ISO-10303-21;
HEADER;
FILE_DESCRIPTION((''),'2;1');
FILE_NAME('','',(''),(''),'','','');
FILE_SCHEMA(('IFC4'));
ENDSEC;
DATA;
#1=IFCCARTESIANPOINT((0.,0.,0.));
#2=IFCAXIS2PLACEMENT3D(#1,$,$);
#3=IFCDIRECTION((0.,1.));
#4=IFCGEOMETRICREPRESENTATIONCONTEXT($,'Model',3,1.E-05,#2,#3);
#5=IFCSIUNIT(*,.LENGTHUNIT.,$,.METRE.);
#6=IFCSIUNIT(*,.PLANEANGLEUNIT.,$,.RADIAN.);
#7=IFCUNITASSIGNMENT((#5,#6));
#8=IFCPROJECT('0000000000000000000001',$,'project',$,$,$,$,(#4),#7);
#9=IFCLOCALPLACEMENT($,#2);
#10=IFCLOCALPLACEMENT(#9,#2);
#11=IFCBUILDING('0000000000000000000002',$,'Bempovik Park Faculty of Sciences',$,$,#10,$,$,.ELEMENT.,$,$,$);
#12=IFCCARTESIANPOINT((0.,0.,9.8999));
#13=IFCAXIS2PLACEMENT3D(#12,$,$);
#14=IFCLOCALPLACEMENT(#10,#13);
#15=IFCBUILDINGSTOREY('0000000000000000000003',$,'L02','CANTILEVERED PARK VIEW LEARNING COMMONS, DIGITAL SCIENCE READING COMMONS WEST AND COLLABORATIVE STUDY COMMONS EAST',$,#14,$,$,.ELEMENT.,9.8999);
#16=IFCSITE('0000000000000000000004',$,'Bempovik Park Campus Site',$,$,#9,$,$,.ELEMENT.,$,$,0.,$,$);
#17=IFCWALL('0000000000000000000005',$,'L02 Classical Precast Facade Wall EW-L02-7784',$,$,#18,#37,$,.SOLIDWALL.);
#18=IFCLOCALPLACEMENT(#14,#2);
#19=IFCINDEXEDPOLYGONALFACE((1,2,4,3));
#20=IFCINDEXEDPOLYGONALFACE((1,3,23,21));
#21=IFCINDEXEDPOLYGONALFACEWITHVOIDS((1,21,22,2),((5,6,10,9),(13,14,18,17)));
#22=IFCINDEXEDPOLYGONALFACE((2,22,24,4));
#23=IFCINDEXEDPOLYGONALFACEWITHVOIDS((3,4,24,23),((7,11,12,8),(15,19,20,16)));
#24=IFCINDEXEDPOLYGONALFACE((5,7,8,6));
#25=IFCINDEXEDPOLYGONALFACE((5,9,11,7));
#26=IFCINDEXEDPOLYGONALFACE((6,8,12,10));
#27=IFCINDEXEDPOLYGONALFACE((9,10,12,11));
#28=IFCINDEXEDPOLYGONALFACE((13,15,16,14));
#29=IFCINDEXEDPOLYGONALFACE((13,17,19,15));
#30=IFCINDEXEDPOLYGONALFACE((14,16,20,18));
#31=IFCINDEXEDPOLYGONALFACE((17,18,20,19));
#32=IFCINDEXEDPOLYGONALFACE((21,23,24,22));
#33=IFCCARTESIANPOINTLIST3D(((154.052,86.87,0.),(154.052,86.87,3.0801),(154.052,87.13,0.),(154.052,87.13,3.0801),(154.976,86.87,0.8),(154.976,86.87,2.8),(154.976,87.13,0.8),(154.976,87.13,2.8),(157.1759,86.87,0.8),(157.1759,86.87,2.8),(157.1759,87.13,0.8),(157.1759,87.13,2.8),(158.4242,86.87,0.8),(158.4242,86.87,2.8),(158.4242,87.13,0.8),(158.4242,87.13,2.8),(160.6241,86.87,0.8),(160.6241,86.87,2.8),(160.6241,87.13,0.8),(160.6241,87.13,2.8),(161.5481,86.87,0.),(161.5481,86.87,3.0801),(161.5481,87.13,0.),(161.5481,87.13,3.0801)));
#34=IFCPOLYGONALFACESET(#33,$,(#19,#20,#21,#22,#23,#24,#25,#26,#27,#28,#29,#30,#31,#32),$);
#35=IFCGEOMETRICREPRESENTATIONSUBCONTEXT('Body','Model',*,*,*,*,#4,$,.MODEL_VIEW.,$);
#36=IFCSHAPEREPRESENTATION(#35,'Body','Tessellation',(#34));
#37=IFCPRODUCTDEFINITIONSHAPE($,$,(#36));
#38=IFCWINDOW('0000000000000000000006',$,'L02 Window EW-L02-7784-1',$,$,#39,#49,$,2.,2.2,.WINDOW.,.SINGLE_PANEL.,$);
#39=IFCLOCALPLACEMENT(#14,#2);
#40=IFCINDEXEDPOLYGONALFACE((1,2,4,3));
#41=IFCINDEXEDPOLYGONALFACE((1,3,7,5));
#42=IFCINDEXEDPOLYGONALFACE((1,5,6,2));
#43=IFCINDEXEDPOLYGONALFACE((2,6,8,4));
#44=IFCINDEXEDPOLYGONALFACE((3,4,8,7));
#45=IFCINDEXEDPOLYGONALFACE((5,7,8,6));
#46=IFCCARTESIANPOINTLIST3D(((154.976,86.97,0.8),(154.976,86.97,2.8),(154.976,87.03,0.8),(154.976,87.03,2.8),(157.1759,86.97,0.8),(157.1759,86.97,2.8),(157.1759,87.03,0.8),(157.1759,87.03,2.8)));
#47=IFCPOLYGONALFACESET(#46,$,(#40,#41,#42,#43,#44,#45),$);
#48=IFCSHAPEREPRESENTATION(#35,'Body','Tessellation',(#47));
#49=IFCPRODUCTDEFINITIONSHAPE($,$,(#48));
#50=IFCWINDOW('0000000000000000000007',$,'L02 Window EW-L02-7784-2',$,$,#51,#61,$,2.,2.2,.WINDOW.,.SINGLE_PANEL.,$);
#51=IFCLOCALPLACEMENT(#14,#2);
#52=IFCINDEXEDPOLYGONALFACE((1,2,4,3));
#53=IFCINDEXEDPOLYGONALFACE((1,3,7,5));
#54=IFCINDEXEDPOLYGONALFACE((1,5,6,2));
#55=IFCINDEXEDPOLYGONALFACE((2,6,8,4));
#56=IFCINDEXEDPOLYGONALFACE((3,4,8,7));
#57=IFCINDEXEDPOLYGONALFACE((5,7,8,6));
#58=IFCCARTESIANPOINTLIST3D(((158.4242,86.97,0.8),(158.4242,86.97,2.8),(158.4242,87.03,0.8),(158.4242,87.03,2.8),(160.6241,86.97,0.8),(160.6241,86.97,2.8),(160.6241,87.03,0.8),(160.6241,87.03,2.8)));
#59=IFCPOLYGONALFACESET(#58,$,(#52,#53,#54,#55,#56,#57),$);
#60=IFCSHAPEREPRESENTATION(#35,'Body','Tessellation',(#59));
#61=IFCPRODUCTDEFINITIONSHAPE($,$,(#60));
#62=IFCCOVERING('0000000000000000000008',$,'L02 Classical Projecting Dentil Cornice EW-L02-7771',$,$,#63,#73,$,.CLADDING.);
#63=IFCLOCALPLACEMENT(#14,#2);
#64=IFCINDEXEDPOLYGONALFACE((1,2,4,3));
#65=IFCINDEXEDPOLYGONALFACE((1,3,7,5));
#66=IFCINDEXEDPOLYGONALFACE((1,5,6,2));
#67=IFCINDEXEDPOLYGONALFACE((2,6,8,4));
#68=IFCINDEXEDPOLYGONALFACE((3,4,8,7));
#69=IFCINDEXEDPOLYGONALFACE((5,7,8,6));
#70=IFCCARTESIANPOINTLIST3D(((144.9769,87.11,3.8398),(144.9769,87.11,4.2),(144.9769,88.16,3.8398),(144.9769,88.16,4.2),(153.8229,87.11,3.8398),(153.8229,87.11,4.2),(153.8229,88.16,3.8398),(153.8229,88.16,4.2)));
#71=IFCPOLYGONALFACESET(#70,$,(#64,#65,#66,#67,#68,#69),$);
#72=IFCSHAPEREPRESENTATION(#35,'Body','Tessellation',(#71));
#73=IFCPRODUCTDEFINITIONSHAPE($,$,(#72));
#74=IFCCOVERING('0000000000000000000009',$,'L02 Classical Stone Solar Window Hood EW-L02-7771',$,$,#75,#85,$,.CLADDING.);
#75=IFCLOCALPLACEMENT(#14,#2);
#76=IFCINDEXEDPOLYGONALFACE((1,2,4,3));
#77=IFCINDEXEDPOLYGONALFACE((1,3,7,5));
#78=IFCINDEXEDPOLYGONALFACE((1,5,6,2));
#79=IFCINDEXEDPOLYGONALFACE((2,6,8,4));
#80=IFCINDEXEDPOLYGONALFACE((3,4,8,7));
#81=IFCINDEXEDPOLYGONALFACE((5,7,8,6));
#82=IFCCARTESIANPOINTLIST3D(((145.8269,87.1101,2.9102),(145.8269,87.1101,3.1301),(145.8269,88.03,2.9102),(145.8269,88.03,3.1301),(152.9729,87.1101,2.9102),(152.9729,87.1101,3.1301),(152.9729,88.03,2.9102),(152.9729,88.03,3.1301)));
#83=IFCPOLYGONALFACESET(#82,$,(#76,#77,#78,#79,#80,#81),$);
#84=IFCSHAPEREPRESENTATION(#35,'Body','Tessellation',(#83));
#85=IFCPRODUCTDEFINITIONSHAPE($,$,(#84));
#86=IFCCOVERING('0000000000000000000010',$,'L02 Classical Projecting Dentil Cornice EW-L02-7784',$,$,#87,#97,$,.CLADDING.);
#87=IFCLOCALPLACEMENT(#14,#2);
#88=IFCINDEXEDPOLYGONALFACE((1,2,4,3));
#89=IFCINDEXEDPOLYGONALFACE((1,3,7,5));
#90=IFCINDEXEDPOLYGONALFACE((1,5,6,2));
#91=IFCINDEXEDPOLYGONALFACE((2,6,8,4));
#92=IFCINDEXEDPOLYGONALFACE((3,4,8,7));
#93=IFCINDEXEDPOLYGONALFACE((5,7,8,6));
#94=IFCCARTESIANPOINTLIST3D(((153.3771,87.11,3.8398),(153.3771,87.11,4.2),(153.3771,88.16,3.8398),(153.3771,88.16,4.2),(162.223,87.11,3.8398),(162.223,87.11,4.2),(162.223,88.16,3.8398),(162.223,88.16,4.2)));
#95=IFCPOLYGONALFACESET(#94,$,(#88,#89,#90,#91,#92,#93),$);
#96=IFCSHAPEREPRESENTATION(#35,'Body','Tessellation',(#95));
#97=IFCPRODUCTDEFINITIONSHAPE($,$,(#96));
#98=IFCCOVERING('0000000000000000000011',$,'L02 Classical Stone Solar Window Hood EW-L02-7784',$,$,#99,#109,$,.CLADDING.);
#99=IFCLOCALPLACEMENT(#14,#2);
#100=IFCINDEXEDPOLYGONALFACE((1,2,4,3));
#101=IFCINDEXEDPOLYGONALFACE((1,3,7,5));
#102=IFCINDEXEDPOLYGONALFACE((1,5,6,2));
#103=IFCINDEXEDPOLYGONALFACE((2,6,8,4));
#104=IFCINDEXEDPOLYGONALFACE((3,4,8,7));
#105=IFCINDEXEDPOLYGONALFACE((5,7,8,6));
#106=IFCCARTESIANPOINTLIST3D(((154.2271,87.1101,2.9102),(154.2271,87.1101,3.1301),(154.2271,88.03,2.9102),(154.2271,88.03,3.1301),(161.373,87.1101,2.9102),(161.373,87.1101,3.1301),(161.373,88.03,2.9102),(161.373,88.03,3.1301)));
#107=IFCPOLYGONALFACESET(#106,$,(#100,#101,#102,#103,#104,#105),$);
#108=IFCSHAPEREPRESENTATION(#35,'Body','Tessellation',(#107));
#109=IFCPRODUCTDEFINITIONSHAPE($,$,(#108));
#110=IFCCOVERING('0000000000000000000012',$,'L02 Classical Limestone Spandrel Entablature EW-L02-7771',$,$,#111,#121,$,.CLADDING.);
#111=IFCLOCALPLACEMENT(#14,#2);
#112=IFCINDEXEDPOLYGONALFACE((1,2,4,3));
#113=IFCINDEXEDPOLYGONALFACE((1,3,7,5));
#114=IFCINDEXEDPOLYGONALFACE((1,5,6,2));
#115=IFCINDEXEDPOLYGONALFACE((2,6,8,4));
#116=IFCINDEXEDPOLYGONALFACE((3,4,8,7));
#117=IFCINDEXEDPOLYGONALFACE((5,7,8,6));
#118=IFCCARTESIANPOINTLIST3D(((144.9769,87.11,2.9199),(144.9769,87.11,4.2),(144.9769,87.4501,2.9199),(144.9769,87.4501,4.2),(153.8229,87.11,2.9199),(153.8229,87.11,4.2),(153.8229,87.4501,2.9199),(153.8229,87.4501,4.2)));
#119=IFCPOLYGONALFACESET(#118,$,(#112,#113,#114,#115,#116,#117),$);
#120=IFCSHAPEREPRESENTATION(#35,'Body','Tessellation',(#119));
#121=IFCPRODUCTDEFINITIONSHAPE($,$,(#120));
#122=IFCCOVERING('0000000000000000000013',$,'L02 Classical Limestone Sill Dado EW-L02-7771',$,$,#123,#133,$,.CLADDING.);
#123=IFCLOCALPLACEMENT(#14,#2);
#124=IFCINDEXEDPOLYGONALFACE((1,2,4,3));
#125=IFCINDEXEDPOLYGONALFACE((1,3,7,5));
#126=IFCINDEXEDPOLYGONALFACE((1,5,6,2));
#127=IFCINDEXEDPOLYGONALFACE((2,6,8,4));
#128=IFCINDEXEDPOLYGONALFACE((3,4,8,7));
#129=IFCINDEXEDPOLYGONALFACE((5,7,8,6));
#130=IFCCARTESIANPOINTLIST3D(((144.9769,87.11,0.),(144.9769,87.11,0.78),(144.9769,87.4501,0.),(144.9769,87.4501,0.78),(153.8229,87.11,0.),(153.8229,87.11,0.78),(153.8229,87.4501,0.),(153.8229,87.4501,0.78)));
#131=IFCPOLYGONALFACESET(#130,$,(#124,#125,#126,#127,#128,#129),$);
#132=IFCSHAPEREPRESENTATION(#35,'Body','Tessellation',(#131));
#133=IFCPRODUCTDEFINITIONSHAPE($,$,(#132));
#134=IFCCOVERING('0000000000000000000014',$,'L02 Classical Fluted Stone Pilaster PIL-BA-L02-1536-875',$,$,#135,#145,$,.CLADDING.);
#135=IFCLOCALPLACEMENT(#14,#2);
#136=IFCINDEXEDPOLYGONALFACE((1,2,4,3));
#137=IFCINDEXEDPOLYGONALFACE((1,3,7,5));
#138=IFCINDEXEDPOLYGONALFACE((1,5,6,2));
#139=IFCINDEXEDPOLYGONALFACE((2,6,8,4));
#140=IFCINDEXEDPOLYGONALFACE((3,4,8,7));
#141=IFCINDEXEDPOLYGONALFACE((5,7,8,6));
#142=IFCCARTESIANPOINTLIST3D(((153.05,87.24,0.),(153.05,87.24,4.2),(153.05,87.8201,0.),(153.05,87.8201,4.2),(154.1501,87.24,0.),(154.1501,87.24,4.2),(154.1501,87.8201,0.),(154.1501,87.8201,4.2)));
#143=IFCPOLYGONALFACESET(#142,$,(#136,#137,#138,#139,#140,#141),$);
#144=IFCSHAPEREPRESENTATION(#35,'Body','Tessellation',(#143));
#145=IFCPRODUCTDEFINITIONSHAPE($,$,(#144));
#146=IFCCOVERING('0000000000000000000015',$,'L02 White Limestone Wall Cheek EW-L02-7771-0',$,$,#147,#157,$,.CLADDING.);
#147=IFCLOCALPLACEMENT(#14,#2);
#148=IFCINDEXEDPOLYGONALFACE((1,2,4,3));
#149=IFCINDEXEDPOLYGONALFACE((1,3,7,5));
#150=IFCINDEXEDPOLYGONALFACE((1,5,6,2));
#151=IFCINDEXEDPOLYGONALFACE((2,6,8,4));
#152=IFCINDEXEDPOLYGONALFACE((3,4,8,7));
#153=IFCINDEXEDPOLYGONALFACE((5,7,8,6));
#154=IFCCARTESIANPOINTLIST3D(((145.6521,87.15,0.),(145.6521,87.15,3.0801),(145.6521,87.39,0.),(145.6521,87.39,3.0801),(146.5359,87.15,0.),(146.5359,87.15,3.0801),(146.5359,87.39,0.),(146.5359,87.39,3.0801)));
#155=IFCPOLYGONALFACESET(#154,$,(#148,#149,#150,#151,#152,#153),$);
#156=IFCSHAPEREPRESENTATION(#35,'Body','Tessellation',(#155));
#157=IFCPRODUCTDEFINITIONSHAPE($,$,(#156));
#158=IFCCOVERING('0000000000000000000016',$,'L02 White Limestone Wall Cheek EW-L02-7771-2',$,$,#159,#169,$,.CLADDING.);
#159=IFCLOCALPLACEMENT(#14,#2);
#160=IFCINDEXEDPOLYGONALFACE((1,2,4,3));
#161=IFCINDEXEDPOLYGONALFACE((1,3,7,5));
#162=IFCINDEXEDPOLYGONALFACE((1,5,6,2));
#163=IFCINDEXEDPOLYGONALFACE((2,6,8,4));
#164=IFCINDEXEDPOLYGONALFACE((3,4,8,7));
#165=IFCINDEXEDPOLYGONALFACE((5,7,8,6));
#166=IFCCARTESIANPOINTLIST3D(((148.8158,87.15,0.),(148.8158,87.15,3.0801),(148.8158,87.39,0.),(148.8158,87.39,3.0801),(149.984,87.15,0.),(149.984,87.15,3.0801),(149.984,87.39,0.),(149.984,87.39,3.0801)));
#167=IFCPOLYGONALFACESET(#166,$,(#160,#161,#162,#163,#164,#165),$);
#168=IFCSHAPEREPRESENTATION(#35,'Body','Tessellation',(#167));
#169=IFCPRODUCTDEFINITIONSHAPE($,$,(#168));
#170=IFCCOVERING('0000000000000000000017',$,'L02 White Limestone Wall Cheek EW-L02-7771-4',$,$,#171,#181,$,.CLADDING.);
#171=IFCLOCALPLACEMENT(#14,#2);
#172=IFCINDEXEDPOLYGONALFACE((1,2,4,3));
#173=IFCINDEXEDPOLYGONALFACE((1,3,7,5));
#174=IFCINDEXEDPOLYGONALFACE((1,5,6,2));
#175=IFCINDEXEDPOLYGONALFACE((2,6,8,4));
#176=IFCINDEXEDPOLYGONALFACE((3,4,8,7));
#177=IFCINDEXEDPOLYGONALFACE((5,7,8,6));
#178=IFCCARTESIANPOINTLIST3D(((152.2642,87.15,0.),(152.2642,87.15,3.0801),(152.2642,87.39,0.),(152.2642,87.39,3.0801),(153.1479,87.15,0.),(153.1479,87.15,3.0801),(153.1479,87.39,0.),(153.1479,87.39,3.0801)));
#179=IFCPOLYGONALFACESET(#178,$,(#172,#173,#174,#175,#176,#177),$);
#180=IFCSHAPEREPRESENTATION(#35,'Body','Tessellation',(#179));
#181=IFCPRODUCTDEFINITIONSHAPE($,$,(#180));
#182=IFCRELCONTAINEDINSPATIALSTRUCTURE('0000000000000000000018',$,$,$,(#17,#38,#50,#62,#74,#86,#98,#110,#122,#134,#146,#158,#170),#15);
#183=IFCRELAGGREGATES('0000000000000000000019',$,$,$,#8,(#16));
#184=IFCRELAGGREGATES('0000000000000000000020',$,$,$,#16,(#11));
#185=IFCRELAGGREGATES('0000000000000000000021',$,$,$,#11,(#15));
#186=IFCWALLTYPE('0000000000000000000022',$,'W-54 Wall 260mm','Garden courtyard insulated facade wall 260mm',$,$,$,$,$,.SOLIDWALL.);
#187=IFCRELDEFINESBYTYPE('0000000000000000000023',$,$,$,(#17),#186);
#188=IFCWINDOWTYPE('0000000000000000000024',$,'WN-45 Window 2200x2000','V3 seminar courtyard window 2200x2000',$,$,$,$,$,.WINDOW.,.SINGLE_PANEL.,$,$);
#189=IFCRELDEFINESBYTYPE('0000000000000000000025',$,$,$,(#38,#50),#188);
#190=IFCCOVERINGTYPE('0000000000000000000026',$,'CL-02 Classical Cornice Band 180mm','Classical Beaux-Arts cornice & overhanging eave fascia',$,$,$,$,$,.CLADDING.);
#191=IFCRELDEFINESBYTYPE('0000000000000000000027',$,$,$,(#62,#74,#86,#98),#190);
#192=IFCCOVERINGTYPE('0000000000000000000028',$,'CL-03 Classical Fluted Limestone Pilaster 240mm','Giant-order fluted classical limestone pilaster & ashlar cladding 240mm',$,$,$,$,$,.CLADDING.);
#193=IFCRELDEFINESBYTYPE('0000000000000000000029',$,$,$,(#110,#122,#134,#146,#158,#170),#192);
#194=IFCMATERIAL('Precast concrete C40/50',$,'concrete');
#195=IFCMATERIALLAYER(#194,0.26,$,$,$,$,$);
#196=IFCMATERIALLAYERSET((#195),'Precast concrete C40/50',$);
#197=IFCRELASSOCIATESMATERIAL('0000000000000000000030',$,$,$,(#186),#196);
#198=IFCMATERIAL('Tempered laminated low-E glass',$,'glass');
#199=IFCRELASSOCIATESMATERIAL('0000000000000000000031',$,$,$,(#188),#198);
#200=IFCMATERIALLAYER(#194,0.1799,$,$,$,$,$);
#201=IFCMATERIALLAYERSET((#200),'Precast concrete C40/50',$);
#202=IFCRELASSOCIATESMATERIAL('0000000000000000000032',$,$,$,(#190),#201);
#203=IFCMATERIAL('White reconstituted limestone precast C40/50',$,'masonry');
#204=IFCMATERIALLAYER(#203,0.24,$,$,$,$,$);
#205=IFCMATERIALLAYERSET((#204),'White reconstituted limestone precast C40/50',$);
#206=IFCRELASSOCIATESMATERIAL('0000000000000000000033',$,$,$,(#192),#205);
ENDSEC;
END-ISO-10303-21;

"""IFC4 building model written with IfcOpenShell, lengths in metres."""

from ifc_helpers import new_model, si_unit, direction, frame, frame_2d, origin, origin_2d, place, context, subcontext, project, spatial, rectangle, extrude, material, layer, layer_set, type_object, element, fill, save


model = new_model("IFC4")

# Units and contexts
model_context = context("Model", 3, precision=1e-05, world=origin(), true_north=direction((0.0, 1.0)))
body_context = subcontext(model_context, "Body", "Model", "MODEL_VIEW")
ifc_project = project(units=[si_unit("LENGTHUNIT", "METRE"), si_unit("PLANEANGLEUNIT", "RADIAN")], contexts=[model_context])

# Site, building, storey
site_placement = place(None, origin())
site = spatial("IfcSite", under=ifc_project, at=site_placement, Name="Bempovik Park Campus Site", CompositionType="ELEMENT", RefElevation=0.0)
building_placement = place(site_placement, origin())
building = spatial("IfcBuilding", under=site, at=building_placement, Name="Bempovik Park Faculty of Sciences", CompositionType="ELEMENT")
storey_placement = place(building_placement, frame((0.0, 0.0, 9.8999)))
storey = spatial("IfcBuildingStorey", under=building, at=storey_placement, Name="L02", Description="CANTILEVERED PARK VIEW LEARNING COMMONS, DIGITAL SCIENCE READING COMMONS WEST AND COLLABORATIVE STUDY COMMONS EAST", CompositionType="ELEMENT", Elevation=9.8999)

# Wall, openings, windows
ifc_material_1 = material(Name="Precast concrete C40/50", Category="concrete")
ifc_layer_1 = layer(ifc_material_1, 0.26)
ifc_layer_set_1 = layer_set([ifc_layer_1], Name="Precast concrete C40/50")
wall_type = type_object("IfcWallType", Name="W-54 Wall 260mm", Description="Garden courtyard insulated facade wall 260mm", PredefinedType="SOLIDWALL", material=ifc_layer_set_1)
ifc_material_2 = material(Name="Tempered laminated low-E glass", Category="glass")
window_type = type_object("IfcWindowType", Name="WN-45 Window 2200x2000", Description="V3 seminar courtyard window 2200x2000", PartitioningType="SINGLE_PANEL", PredefinedType="WINDOW", material=ifc_material_2)
wall_1_placement = place(storey_placement, frame((154.052, 87.0, 0.0), z_axis=(0.0, 0.0, 1.0), x_axis=(1.0, 0.0, 0.0)))
wall_1 = element("IfcWall", 1, at=wall_1_placement, inside=storey, type_object=wall_type, Name="L02 Classical Precast Facade Wall EW-L02-7784", PredefinedType="SOLIDWALL", context=body_context, shape_type="SweptSolid", body=[
    extrude(rectangle(XDim=7.4961, YDim=0.26, at=frame_2d((3.748, 0.0))), origin(), (0.0, 0.0, 1.0), 3.0801),
])
opening_1_placement = place(wall_1_placement, frame((0.9238, 0.0, 0.8)))
opening_1 = element("IfcOpeningElement", 2, at=opening_1_placement, cuts=wall_1, PredefinedType="OPENING", context=body_context, shape_type="SweptSolid", body=[
    extrude(rectangle(XDim=2.2, YDim=2.0, at=frame_2d((1.1001, 1.0))), frame((0.0, 0.1401, 0.0), z_axis=(0.0, -1.0, 0.0), x_axis=(1.0, 0.0, 0.0)), (0.0, 0.0, 1.0), 0.28),
])
opening_2_placement = place(wall_1_placement, frame((4.3721, 0.0, 0.8)))
opening_2 = element("IfcOpeningElement", 3, at=opening_2_placement, cuts=wall_1, PredefinedType="OPENING", context=body_context, shape_type="SweptSolid", body=[
    extrude(rectangle(XDim=2.2, YDim=2.0, at=frame_2d((1.1001, 1.0))), frame((0.0, 0.1401, 0.0), z_axis=(0.0, -1.0, 0.0), x_axis=(1.0, 0.0, 0.0)), (0.0, 0.0, 1.0), 0.28),
])
window_1_placement = place(opening_1_placement, origin())
window_1 = element("IfcWindow", 4, at=window_1_placement, inside=storey, type_object=window_type, Name="L02 Window EW-L02-7784-1", OverallHeight=2.0, OverallWidth=2.2, PartitioningType="SINGLE_PANEL", PredefinedType="WINDOW", context=body_context, shape_type="SweptSolid", body=[
    extrude(rectangle(XDim=2.2, YDim=2.0, at=frame_2d((1.1001, 1.0))), frame((0.0, 0.03, 0.0), z_axis=(0.0, -1.0, 0.0), x_axis=(1.0, 0.0, 0.0)), (0.0, 0.0, 1.0), 0.0601),
])
fill(opening_1, window_1)
window_2_placement = place(opening_2_placement, origin())
window_2 = element("IfcWindow", 5, at=window_2_placement, inside=storey, type_object=window_type, Name="L02 Window EW-L02-7784-2", OverallHeight=2.0, OverallWidth=2.2, PartitioningType="SINGLE_PANEL", PredefinedType="WINDOW", context=body_context, shape_type="SweptSolid", body=[
    extrude(rectangle(XDim=2.2, YDim=2.0, at=frame_2d((1.1001, 1.0))), frame((0.0, 0.03, 0.0), z_axis=(0.0, -1.0, 0.0), x_axis=(1.0, 0.0, 0.0)), (0.0, 0.0, 1.0), 0.0601),
])
fill(opening_2, window_2)

# Coverings
ifc_layer_2 = layer(ifc_material_1, 0.1799)
ifc_layer_set_2 = layer_set([ifc_layer_2], Name="Precast concrete C40/50")
covering_type_1 = type_object("IfcCoveringType", Name="CL-02 Classical Cornice Band 180mm", Description="Classical Beaux-Arts cornice & overhanging eave fascia", PredefinedType="CLADDING", material=ifc_layer_set_2)
covering_1_placement = place(storey_placement, frame((149.3999, 87.635, 3.8398), z_axis=(0.0, 0.0, 1.0), x_axis=(1.0, 0.0, 0.0)))
element("IfcCovering", 6, at=covering_1_placement, inside=storey, type_object=covering_type_1, Name="L02 Classical Projecting Dentil Cornice EW-L02-7771", PredefinedType="CLADDING", context=body_context, shape_type="SweptSolid", body=[
    extrude(rectangle(XDim=8.8459, YDim=1.05, at=origin_2d()), origin(), (0.0, 0.0, 1.0), 0.3601),
])
covering_2_placement = place(storey_placement, frame((149.3999, 87.5701, 2.9102), z_axis=(0.0, 0.0, 1.0), x_axis=(1.0, 0.0, 0.0)))
element("IfcCovering", 7, at=covering_2_placement, inside=storey, type_object=covering_type_1, Name="L02 Classical Stone Solar Window Hood EW-L02-7771", PredefinedType="CLADDING", context=body_context, shape_type="SweptSolid", body=[
    extrude(rectangle(XDim=7.146, YDim=0.9199, at=origin_2d()), origin(), (0.0, 0.0, 1.0), 0.22),
])
covering_3_placement = place(storey_placement, frame((157.8, 87.635, 3.8398), z_axis=(0.0, 0.0, 1.0), x_axis=(1.0, 0.0, 0.0)))
element("IfcCovering", 8, at=covering_3_placement, inside=storey, type_object=covering_type_1, Name="L02 Classical Projecting Dentil Cornice EW-L02-7784", PredefinedType="CLADDING", context=body_context, shape_type="SweptSolid", body=[
    extrude(rectangle(XDim=8.8459, YDim=1.05, at=origin_2d()), origin(), (0.0, 0.0, 1.0), 0.3601),
])
covering_4_placement = place(storey_placement, frame((157.8, 87.5701, 2.9102), z_axis=(0.0, 0.0, 1.0), x_axis=(1.0, 0.0, 0.0)))
element("IfcCovering", 9, at=covering_4_placement, inside=storey, type_object=covering_type_1, Name="L02 Classical Stone Solar Window Hood EW-L02-7784", PredefinedType="CLADDING", context=body_context, shape_type="SweptSolid", body=[
    extrude(rectangle(XDim=7.146, YDim=0.9199, at=origin_2d()), origin(), (0.0, 0.0, 1.0), 0.22),
])
ifc_material_3 = material(Name="White reconstituted limestone precast C40/50", Category="masonry")
ifc_layer_3 = layer(ifc_material_3, 0.24)
ifc_layer_set_3 = layer_set([ifc_layer_3], Name="White reconstituted limestone precast C40/50")
covering_type_2 = type_object("IfcCoveringType", Name="CL-03 Classical Fluted Limestone Pilaster 240mm", Description="Giant-order fluted classical limestone pilaster & ashlar cladding 240mm", PredefinedType="CLADDING", material=ifc_layer_set_3)
covering_5_placement = place(storey_placement, frame((149.3999, 87.28, 2.9199), z_axis=(0.0, 0.0, 1.0), x_axis=(1.0, 0.0, 0.0)))
element("IfcCovering", 10, at=covering_5_placement, inside=storey, type_object=covering_type_2, Name="L02 Classical Limestone Spandrel Entablature EW-L02-7771", PredefinedType="CLADDING", context=body_context, shape_type="SweptSolid", body=[
    extrude(rectangle(XDim=8.8459, YDim=0.3401, at=origin_2d()), origin(), (0.0, 0.0, 1.0), 1.28),
])
covering_6_placement = place(storey_placement, frame((149.3999, 87.28, 0.0), z_axis=(0.0, 0.0, 1.0), x_axis=(1.0, 0.0, 0.0)))
element("IfcCovering", 11, at=covering_6_placement, inside=storey, type_object=covering_type_2, Name="L02 Classical Limestone Sill Dado EW-L02-7771", PredefinedType="CLADDING", context=body_context, shape_type="SweptSolid", body=[
    extrude(rectangle(XDim=8.8459, YDim=0.3401, at=origin_2d()), origin(), (0.0, 0.0, 1.0), 0.78),
])
covering_7_placement = place(storey_placement, frame((153.6001, 87.53, 0.0), z_axis=(0.0, 0.0, 1.0), x_axis=(1.0, 0.0, 0.0)))
element("IfcCovering", 12, at=covering_7_placement, inside=storey, type_object=covering_type_2, Name="L02 Classical Fluted Stone Pilaster PIL-BA-L02-1536-875", PredefinedType="CLADDING", context=body_context, shape_type="SweptSolid", body=[
    extrude(rectangle(XDim=1.1001, YDim=0.5801, at=origin_2d()), origin(), (0.0, 0.0, 1.0), 4.2),
])
covering_8_placement = place(storey_placement, frame((146.094, 87.27, 0.0), z_axis=(0.0, 0.0, 1.0), x_axis=(1.0, 0.0, 0.0)))
element("IfcCovering", 13, at=covering_8_placement, inside=storey, type_object=covering_type_2, Name="L02 White Limestone Wall Cheek EW-L02-7771-0", PredefinedType="CLADDING", context=body_context, shape_type="SweptSolid", body=[
    extrude(rectangle(XDim=0.8838, YDim=0.24, at=origin_2d()), origin(), (0.0, 0.0, 1.0), 3.0801),
])
covering_9_placement = place(storey_placement, frame((149.3999, 87.27, 0.0), z_axis=(0.0, 0.0, 1.0), x_axis=(1.0, 0.0, 0.0)))
element("IfcCovering", 14, at=covering_9_placement, inside=storey, type_object=covering_type_2, Name="L02 White Limestone Wall Cheek EW-L02-7771-2", PredefinedType="CLADDING", context=body_context, shape_type="SweptSolid", body=[
    extrude(rectangle(XDim=1.1682, YDim=0.24, at=origin_2d()), origin(), (0.0, 0.0, 1.0), 3.0801),
])
covering_10_placement = place(storey_placement, frame((152.7061, 87.27, 0.0), z_axis=(0.0, 0.0, 1.0), x_axis=(1.0, 0.0, 0.0)))
element("IfcCovering", 15, at=covering_10_placement, inside=storey, type_object=covering_type_2, Name="L02 White Limestone Wall Cheek EW-L02-7771-4", PredefinedType="CLADDING", context=body_context, shape_type="SweptSolid", body=[
    extrude(rectangle(XDim=0.8838, YDim=0.24, at=origin_2d()), origin(), (0.0, 0.0, 1.0), 3.0801),
])

save(model, "model.ifc")
